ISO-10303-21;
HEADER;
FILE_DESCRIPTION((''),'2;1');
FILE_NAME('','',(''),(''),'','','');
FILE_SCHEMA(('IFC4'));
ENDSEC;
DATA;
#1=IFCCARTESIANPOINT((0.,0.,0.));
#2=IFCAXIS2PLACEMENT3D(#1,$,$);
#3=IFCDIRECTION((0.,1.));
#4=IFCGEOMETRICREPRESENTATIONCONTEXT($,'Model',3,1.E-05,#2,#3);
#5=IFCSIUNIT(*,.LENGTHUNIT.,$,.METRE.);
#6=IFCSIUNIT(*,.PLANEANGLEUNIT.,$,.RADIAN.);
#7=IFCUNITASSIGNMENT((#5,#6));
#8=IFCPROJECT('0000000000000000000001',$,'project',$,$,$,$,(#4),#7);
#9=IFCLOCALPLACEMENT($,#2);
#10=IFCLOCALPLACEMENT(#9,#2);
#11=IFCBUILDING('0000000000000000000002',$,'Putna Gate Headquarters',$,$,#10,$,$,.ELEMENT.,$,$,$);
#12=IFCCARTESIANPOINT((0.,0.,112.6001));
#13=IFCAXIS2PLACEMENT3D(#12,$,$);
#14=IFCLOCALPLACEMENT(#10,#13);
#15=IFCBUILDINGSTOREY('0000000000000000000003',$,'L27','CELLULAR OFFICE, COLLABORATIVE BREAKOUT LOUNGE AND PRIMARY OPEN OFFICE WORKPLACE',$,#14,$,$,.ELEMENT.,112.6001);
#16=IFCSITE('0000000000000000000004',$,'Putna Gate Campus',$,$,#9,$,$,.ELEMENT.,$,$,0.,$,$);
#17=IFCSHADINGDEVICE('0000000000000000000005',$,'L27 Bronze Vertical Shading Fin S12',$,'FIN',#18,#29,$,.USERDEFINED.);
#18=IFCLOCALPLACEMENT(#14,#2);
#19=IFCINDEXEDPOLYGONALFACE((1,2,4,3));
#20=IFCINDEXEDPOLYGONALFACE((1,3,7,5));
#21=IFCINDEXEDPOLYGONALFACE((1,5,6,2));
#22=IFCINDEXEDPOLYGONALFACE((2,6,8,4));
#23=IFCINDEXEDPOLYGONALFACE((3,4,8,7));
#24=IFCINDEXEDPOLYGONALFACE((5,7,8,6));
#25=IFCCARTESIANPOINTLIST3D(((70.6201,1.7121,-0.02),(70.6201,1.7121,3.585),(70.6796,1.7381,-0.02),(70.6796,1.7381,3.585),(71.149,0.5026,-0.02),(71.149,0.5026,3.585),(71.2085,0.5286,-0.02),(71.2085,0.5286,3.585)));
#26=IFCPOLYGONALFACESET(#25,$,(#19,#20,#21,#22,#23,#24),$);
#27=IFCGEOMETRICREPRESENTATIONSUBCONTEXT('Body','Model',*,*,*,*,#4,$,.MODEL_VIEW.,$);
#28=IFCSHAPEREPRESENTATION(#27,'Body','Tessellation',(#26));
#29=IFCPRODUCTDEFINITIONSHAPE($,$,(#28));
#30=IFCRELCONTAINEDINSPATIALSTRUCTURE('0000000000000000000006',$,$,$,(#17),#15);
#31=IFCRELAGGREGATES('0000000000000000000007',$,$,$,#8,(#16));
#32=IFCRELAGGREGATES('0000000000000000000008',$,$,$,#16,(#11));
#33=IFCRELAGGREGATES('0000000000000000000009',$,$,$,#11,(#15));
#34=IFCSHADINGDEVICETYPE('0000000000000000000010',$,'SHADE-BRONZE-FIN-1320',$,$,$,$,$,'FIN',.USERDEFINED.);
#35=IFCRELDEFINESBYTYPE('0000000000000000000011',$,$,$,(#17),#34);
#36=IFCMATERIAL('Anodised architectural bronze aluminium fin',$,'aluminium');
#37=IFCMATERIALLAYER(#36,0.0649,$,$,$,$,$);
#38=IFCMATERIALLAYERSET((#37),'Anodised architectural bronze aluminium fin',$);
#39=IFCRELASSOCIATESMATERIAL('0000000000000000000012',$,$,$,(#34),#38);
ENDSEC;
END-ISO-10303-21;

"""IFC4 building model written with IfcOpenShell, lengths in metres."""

from ifc_helpers import new_model, si_unit, direction, frame, origin, origin_2d, place, context, subcontext, project, spatial, rectangle, extrude, material, layer, layer_set, type_object, element, save


model = new_model("IFC4")

# Units and contexts
model_context = context("Model", 3, precision=1e-05, world=origin(), true_north=direction((0.0, 1.0)))
body_context = subcontext(model_context, "Body", "Model", "MODEL_VIEW")
ifc_project = project(units=[si_unit("LENGTHUNIT", "METRE"), si_unit("PLANEANGLEUNIT", "RADIAN")], contexts=[model_context])

# Site, building, storey
site_placement = place(None, origin())
site = spatial("IfcSite", under=ifc_project, at=site_placement, Name="Putna Gate Campus", CompositionType="ELEMENT", RefElevation=0.0)
building_placement = place(site_placement, origin())
building = spatial("IfcBuilding", under=site, at=building_placement, Name="Putna Gate Headquarters", CompositionType="ELEMENT")
storey_placement = place(building_placement, frame((0.0, 0.0, 112.6001)))
storey = spatial("IfcBuildingStorey", under=building, at=storey_placement, Name="L27", Description="CELLULAR OFFICE, COLLABORATIVE BREAKOUT LOUNGE AND PRIMARY OPEN OFFICE WORKPLACE", CompositionType="ELEMENT", Elevation=112.6001)

# Shading device
ifc_material_1 = material(Name="Anodised architectural bronze aluminium fin", Category="aluminium")
ifc_layer_1 = layer(ifc_material_1, 0.0649)
ifc_layer_set_1 = layer_set([ifc_layer_1], Name="Anodised architectural bronze aluminium fin")
shading_device_type = type_object("IfcShadingDeviceType", Name="SHADE-BRONZE-FIN-1320", ElementType="FIN", PredefinedType="USERDEFINED", material=ifc_layer_set_1)
for number, where, z_axis, x_axis, name in (
    (1, (70.9143, 1.1204, -0.02), (0.0, 0.0, 1.0), (0.400669, -0.916223, 0.0), "L27 Bronze Vertical Shading Fin S12"),
):
    element("IfcShadingDevice", number, at=place(storey_placement, frame(where, z_axis=z_axis, x_axis=x_axis)), inside=storey, type_object=shading_device_type, Name=name, ObjectType="FIN", PredefinedType="USERDEFINED", context=body_context, shape_type="SweptSolid", body=[
        extrude(rectangle(XDim=1.3201, YDim=0.0649, at=origin_2d()), origin(), (0.0, 0.0, 1.0), 3.605),
    ])

save(model, "model.ifc")
